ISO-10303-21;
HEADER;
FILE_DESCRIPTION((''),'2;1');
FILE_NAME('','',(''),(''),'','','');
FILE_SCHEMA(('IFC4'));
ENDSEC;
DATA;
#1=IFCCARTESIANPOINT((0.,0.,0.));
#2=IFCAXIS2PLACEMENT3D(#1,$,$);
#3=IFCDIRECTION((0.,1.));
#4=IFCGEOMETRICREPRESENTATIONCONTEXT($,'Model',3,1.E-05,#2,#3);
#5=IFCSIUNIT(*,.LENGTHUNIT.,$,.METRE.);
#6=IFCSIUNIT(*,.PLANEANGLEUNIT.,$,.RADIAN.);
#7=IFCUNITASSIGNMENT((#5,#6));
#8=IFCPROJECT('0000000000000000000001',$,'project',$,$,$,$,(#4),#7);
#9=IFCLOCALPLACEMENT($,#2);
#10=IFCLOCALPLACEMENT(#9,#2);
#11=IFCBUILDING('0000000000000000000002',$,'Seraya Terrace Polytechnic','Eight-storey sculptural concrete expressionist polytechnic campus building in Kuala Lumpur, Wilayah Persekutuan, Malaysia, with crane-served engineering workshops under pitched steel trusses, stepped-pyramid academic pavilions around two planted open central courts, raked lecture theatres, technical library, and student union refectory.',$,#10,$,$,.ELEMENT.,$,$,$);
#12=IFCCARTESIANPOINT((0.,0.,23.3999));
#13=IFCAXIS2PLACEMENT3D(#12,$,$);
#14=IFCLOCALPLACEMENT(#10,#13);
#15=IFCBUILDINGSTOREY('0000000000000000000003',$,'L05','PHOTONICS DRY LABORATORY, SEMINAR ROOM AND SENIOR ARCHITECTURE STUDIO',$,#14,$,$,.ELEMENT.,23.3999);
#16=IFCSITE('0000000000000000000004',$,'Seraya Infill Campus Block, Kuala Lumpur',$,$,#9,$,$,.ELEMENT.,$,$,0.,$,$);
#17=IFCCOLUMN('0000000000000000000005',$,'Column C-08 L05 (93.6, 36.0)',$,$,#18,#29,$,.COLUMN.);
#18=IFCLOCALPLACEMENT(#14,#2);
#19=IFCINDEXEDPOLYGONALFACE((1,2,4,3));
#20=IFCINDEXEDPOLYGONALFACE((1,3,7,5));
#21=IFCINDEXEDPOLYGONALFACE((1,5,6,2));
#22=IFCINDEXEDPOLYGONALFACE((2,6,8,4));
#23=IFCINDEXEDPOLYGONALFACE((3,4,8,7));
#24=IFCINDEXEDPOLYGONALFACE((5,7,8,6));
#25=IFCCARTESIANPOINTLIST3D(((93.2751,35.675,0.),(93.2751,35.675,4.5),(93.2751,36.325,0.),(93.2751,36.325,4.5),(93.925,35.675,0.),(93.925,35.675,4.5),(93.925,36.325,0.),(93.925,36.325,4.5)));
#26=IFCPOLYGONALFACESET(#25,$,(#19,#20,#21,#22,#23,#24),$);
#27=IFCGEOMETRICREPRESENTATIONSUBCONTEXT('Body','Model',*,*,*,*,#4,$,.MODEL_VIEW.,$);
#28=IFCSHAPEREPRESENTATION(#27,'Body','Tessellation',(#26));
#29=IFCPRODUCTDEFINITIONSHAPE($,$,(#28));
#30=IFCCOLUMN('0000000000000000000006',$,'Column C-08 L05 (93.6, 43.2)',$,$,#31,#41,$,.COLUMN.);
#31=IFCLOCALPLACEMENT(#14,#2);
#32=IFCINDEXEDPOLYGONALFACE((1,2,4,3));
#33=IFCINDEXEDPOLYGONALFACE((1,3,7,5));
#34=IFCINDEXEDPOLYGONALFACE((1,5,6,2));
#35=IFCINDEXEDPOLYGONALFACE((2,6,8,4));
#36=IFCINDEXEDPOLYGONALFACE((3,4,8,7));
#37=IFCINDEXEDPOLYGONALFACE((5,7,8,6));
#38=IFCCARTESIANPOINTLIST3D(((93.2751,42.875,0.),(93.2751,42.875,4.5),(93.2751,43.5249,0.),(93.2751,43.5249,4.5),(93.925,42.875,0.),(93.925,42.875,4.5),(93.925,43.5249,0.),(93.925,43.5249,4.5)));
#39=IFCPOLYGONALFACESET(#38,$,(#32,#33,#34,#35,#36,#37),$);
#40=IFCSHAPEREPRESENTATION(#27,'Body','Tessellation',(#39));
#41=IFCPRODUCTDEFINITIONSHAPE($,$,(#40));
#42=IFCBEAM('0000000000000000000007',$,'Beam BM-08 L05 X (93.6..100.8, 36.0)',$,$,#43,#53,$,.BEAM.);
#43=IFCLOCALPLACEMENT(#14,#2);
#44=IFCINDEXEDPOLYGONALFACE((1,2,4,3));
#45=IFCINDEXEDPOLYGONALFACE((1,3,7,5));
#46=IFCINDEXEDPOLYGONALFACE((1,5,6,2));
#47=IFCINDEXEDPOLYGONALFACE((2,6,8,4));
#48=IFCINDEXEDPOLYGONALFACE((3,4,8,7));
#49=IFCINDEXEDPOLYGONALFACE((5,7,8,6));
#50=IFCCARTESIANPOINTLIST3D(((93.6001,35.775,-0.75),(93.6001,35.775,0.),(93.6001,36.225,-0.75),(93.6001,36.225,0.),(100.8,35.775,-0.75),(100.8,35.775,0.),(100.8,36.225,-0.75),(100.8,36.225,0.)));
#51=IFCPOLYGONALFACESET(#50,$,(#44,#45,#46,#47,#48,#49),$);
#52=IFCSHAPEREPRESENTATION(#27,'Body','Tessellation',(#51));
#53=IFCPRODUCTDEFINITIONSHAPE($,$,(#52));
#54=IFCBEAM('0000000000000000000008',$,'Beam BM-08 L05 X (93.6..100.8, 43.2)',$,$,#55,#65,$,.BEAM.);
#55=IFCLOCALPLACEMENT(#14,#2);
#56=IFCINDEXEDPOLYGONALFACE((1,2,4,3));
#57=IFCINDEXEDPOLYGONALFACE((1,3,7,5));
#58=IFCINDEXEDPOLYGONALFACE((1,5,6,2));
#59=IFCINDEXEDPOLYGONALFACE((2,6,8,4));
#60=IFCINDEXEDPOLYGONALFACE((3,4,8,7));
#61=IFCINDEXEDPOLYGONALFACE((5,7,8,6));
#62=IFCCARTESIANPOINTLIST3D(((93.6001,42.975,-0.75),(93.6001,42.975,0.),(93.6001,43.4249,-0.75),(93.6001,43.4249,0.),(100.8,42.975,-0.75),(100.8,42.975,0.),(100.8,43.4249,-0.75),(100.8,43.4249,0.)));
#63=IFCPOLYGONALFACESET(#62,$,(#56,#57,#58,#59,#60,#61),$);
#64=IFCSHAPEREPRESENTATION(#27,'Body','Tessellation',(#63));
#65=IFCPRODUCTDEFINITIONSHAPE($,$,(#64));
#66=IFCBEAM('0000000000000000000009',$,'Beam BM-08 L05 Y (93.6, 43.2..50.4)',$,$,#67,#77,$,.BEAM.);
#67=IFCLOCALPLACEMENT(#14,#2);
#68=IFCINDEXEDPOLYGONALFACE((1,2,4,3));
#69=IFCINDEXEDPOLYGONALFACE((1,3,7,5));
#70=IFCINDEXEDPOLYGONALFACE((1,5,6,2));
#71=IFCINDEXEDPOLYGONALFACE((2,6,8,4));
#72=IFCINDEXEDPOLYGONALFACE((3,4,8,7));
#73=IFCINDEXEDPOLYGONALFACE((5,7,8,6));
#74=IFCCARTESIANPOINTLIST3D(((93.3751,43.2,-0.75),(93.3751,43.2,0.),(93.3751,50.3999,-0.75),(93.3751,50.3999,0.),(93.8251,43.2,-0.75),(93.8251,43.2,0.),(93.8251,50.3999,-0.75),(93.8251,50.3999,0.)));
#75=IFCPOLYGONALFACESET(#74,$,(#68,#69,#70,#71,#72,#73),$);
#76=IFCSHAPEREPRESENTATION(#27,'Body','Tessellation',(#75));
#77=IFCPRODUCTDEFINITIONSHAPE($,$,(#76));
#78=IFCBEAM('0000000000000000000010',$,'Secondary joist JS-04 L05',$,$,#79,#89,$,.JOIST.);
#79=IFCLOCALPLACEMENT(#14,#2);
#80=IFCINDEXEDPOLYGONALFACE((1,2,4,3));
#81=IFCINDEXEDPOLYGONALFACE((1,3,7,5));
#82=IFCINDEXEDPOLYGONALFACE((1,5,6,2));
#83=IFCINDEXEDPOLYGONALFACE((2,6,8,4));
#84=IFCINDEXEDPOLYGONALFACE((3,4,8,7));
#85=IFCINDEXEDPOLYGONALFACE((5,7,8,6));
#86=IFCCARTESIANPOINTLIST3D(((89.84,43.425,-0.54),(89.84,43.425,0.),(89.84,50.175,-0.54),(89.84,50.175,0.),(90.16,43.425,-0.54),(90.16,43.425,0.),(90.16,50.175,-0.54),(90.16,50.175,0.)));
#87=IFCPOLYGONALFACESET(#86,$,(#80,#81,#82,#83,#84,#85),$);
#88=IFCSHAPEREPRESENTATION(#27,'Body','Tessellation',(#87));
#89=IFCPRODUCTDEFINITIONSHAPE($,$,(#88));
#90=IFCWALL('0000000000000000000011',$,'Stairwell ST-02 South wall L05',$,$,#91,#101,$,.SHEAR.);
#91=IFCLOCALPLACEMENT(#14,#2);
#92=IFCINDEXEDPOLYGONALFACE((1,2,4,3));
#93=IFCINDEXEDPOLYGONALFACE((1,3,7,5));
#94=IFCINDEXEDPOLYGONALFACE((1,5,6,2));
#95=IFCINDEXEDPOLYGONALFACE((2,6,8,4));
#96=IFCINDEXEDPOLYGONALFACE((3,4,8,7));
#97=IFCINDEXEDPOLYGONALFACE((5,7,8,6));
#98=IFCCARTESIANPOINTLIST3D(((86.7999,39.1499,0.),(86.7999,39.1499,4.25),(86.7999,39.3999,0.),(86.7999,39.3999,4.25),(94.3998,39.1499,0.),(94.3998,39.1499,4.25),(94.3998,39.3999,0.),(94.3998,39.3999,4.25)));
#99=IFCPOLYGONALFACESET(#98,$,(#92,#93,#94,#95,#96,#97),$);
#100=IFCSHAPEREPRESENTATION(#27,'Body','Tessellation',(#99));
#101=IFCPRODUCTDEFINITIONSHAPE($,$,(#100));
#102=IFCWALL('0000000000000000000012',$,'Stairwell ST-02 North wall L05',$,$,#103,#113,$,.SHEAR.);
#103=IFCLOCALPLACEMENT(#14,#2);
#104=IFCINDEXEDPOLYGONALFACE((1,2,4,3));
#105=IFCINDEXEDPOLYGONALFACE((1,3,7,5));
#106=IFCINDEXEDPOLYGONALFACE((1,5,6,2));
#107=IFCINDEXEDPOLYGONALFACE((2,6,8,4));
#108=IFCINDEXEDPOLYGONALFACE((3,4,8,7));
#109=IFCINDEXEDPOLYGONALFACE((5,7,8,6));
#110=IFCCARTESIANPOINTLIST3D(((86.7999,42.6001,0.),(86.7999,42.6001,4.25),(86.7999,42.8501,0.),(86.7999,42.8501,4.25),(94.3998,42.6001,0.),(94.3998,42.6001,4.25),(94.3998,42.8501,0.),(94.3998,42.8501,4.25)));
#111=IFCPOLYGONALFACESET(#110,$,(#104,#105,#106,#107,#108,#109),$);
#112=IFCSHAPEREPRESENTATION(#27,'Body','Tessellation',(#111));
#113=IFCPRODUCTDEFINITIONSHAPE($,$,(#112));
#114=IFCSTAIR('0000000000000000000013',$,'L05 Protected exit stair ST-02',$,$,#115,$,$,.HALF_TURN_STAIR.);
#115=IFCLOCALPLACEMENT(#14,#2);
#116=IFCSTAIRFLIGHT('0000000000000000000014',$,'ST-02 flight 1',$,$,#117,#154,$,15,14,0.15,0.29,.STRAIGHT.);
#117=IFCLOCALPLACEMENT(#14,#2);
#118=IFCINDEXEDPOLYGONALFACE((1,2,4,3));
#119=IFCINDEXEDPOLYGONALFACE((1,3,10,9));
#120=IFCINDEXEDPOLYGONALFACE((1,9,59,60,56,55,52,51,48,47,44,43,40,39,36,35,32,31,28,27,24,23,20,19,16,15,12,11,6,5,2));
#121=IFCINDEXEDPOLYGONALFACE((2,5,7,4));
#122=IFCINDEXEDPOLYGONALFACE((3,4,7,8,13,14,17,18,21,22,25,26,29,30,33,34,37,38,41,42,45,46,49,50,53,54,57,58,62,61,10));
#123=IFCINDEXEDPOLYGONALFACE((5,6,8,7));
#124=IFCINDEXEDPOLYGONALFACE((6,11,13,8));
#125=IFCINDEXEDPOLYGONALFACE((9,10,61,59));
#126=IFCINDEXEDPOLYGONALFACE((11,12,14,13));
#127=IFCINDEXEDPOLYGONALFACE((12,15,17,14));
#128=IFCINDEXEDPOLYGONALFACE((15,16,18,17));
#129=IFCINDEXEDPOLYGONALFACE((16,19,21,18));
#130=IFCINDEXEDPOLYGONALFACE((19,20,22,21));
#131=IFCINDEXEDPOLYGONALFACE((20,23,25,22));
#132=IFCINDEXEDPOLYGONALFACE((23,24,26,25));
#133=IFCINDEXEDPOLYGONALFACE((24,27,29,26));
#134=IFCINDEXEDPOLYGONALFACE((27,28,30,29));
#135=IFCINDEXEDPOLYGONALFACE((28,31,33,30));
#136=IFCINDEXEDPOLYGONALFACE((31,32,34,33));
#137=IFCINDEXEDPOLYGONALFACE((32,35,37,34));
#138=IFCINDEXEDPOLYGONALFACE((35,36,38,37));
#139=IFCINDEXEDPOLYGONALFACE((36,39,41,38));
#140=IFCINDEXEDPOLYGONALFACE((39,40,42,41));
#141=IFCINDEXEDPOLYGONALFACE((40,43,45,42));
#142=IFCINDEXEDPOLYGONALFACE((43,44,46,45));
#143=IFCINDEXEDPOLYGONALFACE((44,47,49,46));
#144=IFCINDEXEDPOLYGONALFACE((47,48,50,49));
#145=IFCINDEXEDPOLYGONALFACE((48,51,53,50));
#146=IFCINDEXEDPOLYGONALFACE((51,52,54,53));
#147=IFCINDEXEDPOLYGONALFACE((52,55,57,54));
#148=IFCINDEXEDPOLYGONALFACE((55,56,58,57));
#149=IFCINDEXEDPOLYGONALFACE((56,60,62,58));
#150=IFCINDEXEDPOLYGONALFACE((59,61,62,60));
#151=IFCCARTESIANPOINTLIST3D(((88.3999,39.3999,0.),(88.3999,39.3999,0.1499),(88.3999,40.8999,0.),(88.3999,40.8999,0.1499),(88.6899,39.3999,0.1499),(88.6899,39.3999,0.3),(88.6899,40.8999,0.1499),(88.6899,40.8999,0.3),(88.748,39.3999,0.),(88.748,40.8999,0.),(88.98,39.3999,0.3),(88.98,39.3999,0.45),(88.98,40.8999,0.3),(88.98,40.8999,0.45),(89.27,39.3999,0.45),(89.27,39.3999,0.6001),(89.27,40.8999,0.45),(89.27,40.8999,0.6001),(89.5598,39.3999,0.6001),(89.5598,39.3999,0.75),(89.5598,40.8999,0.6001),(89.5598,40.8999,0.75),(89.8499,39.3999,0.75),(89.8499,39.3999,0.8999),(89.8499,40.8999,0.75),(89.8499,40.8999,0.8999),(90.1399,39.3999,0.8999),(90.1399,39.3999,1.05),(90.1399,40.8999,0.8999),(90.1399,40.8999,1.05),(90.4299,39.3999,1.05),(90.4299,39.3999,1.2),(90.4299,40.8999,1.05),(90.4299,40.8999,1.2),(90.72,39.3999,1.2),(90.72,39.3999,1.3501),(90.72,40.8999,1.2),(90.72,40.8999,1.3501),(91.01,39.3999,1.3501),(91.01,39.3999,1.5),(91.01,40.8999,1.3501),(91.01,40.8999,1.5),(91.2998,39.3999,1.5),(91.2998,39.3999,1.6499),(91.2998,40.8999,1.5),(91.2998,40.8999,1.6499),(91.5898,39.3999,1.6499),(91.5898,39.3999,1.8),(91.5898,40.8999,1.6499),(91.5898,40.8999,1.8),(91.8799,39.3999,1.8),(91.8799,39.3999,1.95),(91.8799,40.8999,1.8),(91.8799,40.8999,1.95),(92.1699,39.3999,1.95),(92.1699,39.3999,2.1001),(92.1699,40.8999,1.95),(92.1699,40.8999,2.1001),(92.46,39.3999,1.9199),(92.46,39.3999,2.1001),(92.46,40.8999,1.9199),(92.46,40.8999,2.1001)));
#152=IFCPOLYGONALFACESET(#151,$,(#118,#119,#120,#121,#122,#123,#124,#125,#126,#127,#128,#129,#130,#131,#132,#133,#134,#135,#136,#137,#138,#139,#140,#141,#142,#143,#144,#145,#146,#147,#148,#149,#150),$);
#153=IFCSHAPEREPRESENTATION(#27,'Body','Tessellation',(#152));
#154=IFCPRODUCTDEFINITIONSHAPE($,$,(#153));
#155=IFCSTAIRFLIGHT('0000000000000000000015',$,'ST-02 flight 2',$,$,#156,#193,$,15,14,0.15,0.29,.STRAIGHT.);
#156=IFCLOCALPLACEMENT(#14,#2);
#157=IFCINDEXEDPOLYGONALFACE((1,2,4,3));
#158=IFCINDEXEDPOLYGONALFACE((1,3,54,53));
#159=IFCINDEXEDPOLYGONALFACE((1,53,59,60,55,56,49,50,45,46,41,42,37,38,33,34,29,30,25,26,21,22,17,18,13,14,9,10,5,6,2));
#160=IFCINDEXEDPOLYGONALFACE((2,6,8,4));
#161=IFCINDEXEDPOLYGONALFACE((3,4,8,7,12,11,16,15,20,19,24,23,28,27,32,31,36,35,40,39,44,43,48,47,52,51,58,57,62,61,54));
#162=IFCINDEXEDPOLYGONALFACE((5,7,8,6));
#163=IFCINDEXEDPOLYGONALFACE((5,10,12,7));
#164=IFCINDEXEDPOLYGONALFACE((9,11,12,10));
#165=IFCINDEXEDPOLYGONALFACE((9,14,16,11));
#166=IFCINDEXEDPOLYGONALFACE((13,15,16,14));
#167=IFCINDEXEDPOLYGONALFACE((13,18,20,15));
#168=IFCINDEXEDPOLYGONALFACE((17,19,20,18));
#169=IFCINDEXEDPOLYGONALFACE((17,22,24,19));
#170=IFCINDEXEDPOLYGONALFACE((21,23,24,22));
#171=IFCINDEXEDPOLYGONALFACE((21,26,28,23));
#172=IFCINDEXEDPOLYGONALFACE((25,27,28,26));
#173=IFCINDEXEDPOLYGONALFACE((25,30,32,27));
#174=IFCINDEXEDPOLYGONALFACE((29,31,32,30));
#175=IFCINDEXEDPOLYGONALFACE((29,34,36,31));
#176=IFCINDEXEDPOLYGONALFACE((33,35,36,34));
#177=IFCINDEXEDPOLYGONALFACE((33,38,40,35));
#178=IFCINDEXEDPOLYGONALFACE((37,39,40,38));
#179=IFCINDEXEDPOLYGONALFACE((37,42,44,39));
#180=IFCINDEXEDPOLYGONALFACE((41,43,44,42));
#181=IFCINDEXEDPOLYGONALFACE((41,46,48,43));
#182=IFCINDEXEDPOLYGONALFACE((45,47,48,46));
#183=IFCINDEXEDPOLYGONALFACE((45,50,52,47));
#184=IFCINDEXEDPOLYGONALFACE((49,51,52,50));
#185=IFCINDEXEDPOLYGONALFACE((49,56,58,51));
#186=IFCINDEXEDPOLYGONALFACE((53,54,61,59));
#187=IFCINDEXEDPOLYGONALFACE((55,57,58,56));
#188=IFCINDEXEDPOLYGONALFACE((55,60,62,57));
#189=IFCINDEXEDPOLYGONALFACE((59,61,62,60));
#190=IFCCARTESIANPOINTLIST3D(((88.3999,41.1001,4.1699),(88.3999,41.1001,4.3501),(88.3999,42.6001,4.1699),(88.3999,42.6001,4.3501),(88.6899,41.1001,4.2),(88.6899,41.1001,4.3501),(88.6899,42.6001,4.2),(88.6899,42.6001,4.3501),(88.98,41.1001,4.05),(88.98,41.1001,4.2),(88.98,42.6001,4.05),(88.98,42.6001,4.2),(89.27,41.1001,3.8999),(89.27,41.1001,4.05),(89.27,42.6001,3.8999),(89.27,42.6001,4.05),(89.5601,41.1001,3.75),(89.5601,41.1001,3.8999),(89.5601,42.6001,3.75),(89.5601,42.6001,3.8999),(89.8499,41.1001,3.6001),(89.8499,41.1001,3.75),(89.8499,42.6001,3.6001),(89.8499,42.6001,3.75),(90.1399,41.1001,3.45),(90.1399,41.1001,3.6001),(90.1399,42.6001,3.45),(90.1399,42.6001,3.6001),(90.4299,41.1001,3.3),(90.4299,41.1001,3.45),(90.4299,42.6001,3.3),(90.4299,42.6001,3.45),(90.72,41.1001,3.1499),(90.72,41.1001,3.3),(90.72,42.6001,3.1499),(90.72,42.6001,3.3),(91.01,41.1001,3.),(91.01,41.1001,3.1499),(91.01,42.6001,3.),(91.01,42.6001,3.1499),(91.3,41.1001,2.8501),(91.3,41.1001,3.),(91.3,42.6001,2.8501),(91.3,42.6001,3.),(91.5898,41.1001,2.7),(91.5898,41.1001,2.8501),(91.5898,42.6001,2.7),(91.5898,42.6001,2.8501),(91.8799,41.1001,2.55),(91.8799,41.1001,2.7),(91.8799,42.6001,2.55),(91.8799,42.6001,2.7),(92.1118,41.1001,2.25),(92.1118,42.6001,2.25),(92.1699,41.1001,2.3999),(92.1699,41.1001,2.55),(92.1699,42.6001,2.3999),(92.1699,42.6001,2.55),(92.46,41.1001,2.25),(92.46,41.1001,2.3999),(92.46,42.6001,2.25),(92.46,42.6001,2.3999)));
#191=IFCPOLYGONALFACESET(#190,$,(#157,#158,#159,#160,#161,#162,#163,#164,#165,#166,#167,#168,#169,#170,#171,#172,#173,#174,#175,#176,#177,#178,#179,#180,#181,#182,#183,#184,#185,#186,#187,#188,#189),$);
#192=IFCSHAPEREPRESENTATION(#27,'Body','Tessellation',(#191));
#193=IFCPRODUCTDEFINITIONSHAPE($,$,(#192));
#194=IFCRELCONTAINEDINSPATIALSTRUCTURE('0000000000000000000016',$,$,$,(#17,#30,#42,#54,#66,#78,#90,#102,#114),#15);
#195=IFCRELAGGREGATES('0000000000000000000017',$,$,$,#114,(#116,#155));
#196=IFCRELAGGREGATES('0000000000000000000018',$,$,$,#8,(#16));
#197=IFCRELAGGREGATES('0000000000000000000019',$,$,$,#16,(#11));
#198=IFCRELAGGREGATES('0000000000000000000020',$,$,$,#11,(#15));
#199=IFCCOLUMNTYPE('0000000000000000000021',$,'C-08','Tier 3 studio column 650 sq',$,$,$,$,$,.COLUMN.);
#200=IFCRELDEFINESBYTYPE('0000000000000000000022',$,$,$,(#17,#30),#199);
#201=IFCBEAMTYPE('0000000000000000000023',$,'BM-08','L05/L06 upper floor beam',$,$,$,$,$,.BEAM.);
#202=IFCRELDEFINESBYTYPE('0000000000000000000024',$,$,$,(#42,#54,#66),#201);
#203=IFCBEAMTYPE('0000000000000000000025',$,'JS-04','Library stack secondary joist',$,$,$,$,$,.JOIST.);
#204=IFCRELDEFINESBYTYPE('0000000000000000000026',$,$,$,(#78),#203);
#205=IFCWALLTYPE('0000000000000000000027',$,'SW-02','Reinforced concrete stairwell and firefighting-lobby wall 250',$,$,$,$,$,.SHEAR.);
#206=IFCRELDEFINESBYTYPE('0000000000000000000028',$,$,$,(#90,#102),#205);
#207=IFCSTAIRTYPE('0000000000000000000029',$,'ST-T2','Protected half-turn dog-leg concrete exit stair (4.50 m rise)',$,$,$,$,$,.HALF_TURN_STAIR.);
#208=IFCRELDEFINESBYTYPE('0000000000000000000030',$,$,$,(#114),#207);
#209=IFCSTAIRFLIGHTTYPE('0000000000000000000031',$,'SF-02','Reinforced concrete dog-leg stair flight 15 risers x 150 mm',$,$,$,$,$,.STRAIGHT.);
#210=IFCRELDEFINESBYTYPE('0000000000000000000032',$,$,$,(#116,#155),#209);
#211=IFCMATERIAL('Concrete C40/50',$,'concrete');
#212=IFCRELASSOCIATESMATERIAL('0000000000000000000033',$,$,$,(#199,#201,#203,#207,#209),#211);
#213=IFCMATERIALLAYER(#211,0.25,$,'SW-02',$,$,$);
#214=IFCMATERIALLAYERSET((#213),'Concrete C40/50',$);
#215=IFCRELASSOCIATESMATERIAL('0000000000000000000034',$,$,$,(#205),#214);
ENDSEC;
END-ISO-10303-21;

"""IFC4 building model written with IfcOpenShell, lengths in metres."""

from ifc_helpers import new_model, si_unit, direction, frame, frame_2d, origin, origin_2d, place, context, subcontext, project, spatial, polyline, rectangle, outline, extrude, material, layer, layer_set, material_profile, profile_set, type_object, element, aggregate, save


model = new_model("IFC4")

# Units and contexts
model_context = context("Model", 3, precision=1e-05, world=origin(), true_north=direction((0.0, 1.0)))
body_context = subcontext(model_context, "Body", "Model", "MODEL_VIEW")
ifc_project = project(units=[si_unit("LENGTHUNIT", "METRE"), si_unit("PLANEANGLEUNIT", "RADIAN")], contexts=[model_context])

# Site, building, storey
site_placement = place(None, origin())
site = spatial("IfcSite", under=ifc_project, at=site_placement, Name="Seraya Infill Campus Block, Kuala Lumpur", CompositionType="ELEMENT", RefElevation=0.0)
building_placement = place(site_placement, origin())
building = spatial("IfcBuilding", under=site, at=building_placement, Name="Seraya Terrace Polytechnic", Description="Eight-storey sculptural concrete expressionist polytechnic campus building in Kuala Lumpur, Wilayah Persekutuan, Malaysia, with crane-served engineering workshops under pitched steel trusses, stepped-pyramid academic pavilions around two planted open central courts, raked lecture theatres, technical library, and student union refectory.", CompositionType="ELEMENT")
storey_placement = place(building_placement, frame((0.0, 0.0, 23.3999)))
storey = spatial("IfcBuildingStorey", under=building, at=storey_placement, Name="L05", Description="PHOTONICS DRY LABORATORY, SEMINAR ROOM AND SENIOR ARCHITECTURE STUDIO", CompositionType="ELEMENT", Elevation=23.3999)

# Columns
ifc_material_1 = material(Name="Concrete C40/50", Category="concrete")
ifc_material_profile_1 = material_profile(ifc_material_1, rectangle(XDim=0.6499, YDim=0.6499, at=origin_2d()), Name="RC 650x650")
ifc_profile_set_1 = profile_set([ifc_material_profile_1], Name="Concrete C40/50")
column_type = type_object("IfcColumnType", Name="C-08", Description="Tier 3 studio column 650 sq", PredefinedType="COLUMN", material=ifc_profile_set_1)
for number, where, z_axis, x_axis, name in (
    (1, (93.6001, 36.0, 0.0), (0.0, 0.0, 1.0), (1.0, 0.0, 0.0), "Column C-08 L05 (93.6, 36.0)"),
    (2, (93.6001, 43.2, 0.0), (0.0, 0.0, 1.0), (1.0, 0.0, 0.0), "Column C-08 L05 (93.6, 43.2)"),
):
    element("IfcColumn", number, at=place(storey_placement, frame(where, z_axis=z_axis, x_axis=x_axis)), inside=storey, type_object=column_type, Name=name, PredefinedType="COLUMN", context=body_context, shape_type="SweptSolid", body=[
        extrude(rectangle(XDim=0.6499, YDim=0.6499, at=origin_2d()), origin(), (0.0, 0.0, 1.0), 4.5),
    ])

# Beams
ifc_material_profile_2 = material_profile(ifc_material_1, rectangle(XDim=0.45, YDim=0.75, at=origin_2d()), Name="RC 450x750")
ifc_profile_set_2 = profile_set([ifc_material_profile_2], Name="Concrete C40/50")
beam_type_1 = type_object("IfcBeamType", Name="BM-08", Description="L05/L06 upper floor beam", PredefinedType="BEAM", material=ifc_profile_set_2)
for number, where, z_axis, x_axis, name in (
    (3, (93.6001, 36.0, -0.375), (1.0, 0.0, 0.0), (0.0, 1.0, 0.0), "Beam BM-08 L05 X (93.6..100.8, 36.0)"),
    (4, (93.6001, 43.2, -0.375), (1.0, 0.0, 0.0), (0.0, 1.0, 0.0), "Beam BM-08 L05 X (93.6..100.8, 43.2)"),
    (5, (93.6001, 43.2, -0.375), (0.0, 1.0, 0.0), (-1.0, 0.0, 0.0), "Beam BM-08 L05 Y (93.6, 43.2..50.4)"),
):
    element("IfcBeam", number, at=place(storey_placement, frame(where, z_axis=z_axis, x_axis=x_axis)), inside=storey, type_object=beam_type_1, Name=name, PredefinedType="BEAM", context=body_context, shape_type="SweptSolid", body=[
        extrude(rectangle(XDim=0.45, YDim=0.75, at=origin_2d()), origin(), (0.0, 0.0, 1.0), 7.2),
    ])
ifc_material_profile_3 = material_profile(ifc_material_1, rectangle(XDim=0.3201, YDim=0.54, at=origin_2d()), Name="RC 320x540")
ifc_profile_set_3 = profile_set([ifc_material_profile_3], Name="Concrete C40/50")
beam_type_2 = type_object("IfcBeamType", Name="JS-04", Description="Library stack secondary joist", PredefinedType="JOIST", material=ifc_profile_set_3)
beam_placement = place(storey_placement, frame((90.0, 43.425, -0.27), z_axis=(0.0, 1.0, 0.0), x_axis=(-1.0, 0.0, 0.0)))
element("IfcBeam", 6, at=beam_placement, inside=storey, type_object=beam_type_2, Name="Secondary joist JS-04 L05", PredefinedType="JOIST", context=body_context, shape_type="SweptSolid", body=[
    extrude(rectangle(XDim=0.3201, YDim=0.54, at=origin_2d()), origin(), (0.0, 0.0, 1.0), 6.75),
])

# Walls
ifc_layer = layer(ifc_material_1, 0.25, Name="SW-02")
ifc_layer_set = layer_set([ifc_layer], Name="Concrete C40/50")
wall_type = type_object("IfcWallType", Name="SW-02", Description="Reinforced concrete stairwell and firefighting-lobby wall 250", PredefinedType="SHEAR", material=ifc_layer_set)
for number, where, z_axis, x_axis, name in (
    (7, (86.8, 39.2749, 0.0), (0.0, 0.0, 1.0), (1.0, 0.0, 0.0), "Stairwell ST-02 South wall L05"),
    (8, (86.8, 42.7251, 0.0), (0.0, 0.0, 1.0), (1.0, 0.0, 0.0), "Stairwell ST-02 North wall L05"),
):
    element("IfcWall", number, at=place(storey_placement, frame(where, z_axis=z_axis, x_axis=x_axis)), inside=storey, type_object=wall_type, Name=name, PredefinedType="SHEAR", context=body_context, shape_type="SweptSolid", body=[
        extrude(rectangle(XDim=7.5999, YDim=0.25, at=frame_2d((3.7998, 0.0))), origin(), (0.0, 0.0, 1.0), 4.25),
    ])

# Stair, stair flights
stair_type = type_object("IfcStairType", Name="ST-T2", Description="Protected half-turn dog-leg concrete exit stair (4.50 m rise)", PredefinedType="HALF_TURN_STAIR", material=ifc_material_1)
stair_placement = place(storey_placement, origin())
stair = element("IfcStair", 9, at=stair_placement, inside=storey, type_object=stair_type, Name="L05 Protected exit stair ST-02", PredefinedType="HALF_TURN_STAIR")
stair_flight_type = type_object("IfcStairFlightType", Name="SF-02", Description="Reinforced concrete dog-leg stair flight 15 risers x 150 mm", PredefinedType="STRAIGHT", material=ifc_material_1)
stair_flight_1_placement = place(storey_placement, frame((88.3999, 40.1499, 0.0), z_axis=(0.0, 0.0, 1.0), x_axis=(1.0, 0.0, 0.0)))
stair_flight_1 = element("IfcStairFlight", 10, at=stair_flight_1_placement, type_object=stair_flight_type, Name="ST-02 flight 1", NumberOfRisers=15, NumberOfTreads=14, PredefinedType="STRAIGHT", RiserHeight=0.15, TreadLength=0.29, context=body_context, shape_type="SweptSolid", body=[
    extrude(outline(polyline([(0.0, 0.0), (0.0, 0.1499), (0.29, 0.1499), (0.29, 0.3), (0.5801, 0.3), (0.5801, 0.45), (0.8701, 0.45), (0.8701, 0.6001), (1.1599, 0.6001), (1.1599, 0.75), (1.45, 0.75), (1.45, 0.8999), (1.74, 0.8999), (1.74, 1.05), (2.03, 1.05), (2.03, 1.2), (2.3201, 1.2), (2.3201, 1.3501), (2.6101, 1.3501), (2.6101, 1.5), (2.8999, 1.5), (2.8999, 1.6499), (3.1899, 1.6499), (3.1899, 1.8), (3.48, 1.8), (3.48, 1.95), (3.77, 1.95), (3.77, 2.1001), (4.0601, 2.1001), (4.0601, 2.25), (4.0601, 1.9199), (0.3481, 0.0), (0.0, 0.0)])), frame((0.0, 0.75, 0.0), z_axis=(0.0, -1.0, 0.0), x_axis=(1.0, 0.0, 0.0)), (0.0, 0.0, 1.0), 1.5),
])
stair_flight_2_placement = place(storey_placement, frame((92.46, 41.8501, 2.25), z_axis=(0.0, 0.0, 1.0), x_axis=(-1.0, 0.0, 0.0)))
stair_flight_2 = element("IfcStairFlight", 11, at=stair_flight_2_placement, type_object=stair_flight_type, Name="ST-02 flight 2", NumberOfRisers=15, NumberOfTreads=14, PredefinedType="STRAIGHT", RiserHeight=0.15, TreadLength=0.29, context=body_context, shape_type="SweptSolid", body=[
    extrude(outline(polyline([(0.0, 0.0), (0.0, 0.1499), (0.29, 0.1499), (0.29, 0.3), (0.5801, 0.3), (0.5801, 0.45), (0.8701, 0.45), (0.8701, 0.6001), (1.1599, 0.6001), (1.1599, 0.75), (1.45, 0.75), (1.45, 0.8999), (1.74, 0.8999), (1.74, 1.05), (2.03, 1.05), (2.03, 1.2), (2.3201, 1.2), (2.3201, 1.3501), (2.6101, 1.3501), (2.6101, 1.5), (2.8999, 1.5), (2.8999, 1.6499), (3.1899, 1.6499), (3.1899, 1.8), (3.48, 1.8), (3.48, 1.95), (3.77, 1.95), (3.77, 2.1001), (4.0601, 2.1001), (4.0601, 2.25), (4.0601, 1.9199), (0.3481, 0.0), (0.0, 0.0)])), frame((0.0, 0.75, 0.0), z_axis=(0.0, -1.0, 0.0), x_axis=(1.0, 0.0, 0.0)), (0.0, 0.0, 1.0), 1.5),
])
aggregate(stair, [stair_flight_1, stair_flight_2])

save(model, "model.ifc")
